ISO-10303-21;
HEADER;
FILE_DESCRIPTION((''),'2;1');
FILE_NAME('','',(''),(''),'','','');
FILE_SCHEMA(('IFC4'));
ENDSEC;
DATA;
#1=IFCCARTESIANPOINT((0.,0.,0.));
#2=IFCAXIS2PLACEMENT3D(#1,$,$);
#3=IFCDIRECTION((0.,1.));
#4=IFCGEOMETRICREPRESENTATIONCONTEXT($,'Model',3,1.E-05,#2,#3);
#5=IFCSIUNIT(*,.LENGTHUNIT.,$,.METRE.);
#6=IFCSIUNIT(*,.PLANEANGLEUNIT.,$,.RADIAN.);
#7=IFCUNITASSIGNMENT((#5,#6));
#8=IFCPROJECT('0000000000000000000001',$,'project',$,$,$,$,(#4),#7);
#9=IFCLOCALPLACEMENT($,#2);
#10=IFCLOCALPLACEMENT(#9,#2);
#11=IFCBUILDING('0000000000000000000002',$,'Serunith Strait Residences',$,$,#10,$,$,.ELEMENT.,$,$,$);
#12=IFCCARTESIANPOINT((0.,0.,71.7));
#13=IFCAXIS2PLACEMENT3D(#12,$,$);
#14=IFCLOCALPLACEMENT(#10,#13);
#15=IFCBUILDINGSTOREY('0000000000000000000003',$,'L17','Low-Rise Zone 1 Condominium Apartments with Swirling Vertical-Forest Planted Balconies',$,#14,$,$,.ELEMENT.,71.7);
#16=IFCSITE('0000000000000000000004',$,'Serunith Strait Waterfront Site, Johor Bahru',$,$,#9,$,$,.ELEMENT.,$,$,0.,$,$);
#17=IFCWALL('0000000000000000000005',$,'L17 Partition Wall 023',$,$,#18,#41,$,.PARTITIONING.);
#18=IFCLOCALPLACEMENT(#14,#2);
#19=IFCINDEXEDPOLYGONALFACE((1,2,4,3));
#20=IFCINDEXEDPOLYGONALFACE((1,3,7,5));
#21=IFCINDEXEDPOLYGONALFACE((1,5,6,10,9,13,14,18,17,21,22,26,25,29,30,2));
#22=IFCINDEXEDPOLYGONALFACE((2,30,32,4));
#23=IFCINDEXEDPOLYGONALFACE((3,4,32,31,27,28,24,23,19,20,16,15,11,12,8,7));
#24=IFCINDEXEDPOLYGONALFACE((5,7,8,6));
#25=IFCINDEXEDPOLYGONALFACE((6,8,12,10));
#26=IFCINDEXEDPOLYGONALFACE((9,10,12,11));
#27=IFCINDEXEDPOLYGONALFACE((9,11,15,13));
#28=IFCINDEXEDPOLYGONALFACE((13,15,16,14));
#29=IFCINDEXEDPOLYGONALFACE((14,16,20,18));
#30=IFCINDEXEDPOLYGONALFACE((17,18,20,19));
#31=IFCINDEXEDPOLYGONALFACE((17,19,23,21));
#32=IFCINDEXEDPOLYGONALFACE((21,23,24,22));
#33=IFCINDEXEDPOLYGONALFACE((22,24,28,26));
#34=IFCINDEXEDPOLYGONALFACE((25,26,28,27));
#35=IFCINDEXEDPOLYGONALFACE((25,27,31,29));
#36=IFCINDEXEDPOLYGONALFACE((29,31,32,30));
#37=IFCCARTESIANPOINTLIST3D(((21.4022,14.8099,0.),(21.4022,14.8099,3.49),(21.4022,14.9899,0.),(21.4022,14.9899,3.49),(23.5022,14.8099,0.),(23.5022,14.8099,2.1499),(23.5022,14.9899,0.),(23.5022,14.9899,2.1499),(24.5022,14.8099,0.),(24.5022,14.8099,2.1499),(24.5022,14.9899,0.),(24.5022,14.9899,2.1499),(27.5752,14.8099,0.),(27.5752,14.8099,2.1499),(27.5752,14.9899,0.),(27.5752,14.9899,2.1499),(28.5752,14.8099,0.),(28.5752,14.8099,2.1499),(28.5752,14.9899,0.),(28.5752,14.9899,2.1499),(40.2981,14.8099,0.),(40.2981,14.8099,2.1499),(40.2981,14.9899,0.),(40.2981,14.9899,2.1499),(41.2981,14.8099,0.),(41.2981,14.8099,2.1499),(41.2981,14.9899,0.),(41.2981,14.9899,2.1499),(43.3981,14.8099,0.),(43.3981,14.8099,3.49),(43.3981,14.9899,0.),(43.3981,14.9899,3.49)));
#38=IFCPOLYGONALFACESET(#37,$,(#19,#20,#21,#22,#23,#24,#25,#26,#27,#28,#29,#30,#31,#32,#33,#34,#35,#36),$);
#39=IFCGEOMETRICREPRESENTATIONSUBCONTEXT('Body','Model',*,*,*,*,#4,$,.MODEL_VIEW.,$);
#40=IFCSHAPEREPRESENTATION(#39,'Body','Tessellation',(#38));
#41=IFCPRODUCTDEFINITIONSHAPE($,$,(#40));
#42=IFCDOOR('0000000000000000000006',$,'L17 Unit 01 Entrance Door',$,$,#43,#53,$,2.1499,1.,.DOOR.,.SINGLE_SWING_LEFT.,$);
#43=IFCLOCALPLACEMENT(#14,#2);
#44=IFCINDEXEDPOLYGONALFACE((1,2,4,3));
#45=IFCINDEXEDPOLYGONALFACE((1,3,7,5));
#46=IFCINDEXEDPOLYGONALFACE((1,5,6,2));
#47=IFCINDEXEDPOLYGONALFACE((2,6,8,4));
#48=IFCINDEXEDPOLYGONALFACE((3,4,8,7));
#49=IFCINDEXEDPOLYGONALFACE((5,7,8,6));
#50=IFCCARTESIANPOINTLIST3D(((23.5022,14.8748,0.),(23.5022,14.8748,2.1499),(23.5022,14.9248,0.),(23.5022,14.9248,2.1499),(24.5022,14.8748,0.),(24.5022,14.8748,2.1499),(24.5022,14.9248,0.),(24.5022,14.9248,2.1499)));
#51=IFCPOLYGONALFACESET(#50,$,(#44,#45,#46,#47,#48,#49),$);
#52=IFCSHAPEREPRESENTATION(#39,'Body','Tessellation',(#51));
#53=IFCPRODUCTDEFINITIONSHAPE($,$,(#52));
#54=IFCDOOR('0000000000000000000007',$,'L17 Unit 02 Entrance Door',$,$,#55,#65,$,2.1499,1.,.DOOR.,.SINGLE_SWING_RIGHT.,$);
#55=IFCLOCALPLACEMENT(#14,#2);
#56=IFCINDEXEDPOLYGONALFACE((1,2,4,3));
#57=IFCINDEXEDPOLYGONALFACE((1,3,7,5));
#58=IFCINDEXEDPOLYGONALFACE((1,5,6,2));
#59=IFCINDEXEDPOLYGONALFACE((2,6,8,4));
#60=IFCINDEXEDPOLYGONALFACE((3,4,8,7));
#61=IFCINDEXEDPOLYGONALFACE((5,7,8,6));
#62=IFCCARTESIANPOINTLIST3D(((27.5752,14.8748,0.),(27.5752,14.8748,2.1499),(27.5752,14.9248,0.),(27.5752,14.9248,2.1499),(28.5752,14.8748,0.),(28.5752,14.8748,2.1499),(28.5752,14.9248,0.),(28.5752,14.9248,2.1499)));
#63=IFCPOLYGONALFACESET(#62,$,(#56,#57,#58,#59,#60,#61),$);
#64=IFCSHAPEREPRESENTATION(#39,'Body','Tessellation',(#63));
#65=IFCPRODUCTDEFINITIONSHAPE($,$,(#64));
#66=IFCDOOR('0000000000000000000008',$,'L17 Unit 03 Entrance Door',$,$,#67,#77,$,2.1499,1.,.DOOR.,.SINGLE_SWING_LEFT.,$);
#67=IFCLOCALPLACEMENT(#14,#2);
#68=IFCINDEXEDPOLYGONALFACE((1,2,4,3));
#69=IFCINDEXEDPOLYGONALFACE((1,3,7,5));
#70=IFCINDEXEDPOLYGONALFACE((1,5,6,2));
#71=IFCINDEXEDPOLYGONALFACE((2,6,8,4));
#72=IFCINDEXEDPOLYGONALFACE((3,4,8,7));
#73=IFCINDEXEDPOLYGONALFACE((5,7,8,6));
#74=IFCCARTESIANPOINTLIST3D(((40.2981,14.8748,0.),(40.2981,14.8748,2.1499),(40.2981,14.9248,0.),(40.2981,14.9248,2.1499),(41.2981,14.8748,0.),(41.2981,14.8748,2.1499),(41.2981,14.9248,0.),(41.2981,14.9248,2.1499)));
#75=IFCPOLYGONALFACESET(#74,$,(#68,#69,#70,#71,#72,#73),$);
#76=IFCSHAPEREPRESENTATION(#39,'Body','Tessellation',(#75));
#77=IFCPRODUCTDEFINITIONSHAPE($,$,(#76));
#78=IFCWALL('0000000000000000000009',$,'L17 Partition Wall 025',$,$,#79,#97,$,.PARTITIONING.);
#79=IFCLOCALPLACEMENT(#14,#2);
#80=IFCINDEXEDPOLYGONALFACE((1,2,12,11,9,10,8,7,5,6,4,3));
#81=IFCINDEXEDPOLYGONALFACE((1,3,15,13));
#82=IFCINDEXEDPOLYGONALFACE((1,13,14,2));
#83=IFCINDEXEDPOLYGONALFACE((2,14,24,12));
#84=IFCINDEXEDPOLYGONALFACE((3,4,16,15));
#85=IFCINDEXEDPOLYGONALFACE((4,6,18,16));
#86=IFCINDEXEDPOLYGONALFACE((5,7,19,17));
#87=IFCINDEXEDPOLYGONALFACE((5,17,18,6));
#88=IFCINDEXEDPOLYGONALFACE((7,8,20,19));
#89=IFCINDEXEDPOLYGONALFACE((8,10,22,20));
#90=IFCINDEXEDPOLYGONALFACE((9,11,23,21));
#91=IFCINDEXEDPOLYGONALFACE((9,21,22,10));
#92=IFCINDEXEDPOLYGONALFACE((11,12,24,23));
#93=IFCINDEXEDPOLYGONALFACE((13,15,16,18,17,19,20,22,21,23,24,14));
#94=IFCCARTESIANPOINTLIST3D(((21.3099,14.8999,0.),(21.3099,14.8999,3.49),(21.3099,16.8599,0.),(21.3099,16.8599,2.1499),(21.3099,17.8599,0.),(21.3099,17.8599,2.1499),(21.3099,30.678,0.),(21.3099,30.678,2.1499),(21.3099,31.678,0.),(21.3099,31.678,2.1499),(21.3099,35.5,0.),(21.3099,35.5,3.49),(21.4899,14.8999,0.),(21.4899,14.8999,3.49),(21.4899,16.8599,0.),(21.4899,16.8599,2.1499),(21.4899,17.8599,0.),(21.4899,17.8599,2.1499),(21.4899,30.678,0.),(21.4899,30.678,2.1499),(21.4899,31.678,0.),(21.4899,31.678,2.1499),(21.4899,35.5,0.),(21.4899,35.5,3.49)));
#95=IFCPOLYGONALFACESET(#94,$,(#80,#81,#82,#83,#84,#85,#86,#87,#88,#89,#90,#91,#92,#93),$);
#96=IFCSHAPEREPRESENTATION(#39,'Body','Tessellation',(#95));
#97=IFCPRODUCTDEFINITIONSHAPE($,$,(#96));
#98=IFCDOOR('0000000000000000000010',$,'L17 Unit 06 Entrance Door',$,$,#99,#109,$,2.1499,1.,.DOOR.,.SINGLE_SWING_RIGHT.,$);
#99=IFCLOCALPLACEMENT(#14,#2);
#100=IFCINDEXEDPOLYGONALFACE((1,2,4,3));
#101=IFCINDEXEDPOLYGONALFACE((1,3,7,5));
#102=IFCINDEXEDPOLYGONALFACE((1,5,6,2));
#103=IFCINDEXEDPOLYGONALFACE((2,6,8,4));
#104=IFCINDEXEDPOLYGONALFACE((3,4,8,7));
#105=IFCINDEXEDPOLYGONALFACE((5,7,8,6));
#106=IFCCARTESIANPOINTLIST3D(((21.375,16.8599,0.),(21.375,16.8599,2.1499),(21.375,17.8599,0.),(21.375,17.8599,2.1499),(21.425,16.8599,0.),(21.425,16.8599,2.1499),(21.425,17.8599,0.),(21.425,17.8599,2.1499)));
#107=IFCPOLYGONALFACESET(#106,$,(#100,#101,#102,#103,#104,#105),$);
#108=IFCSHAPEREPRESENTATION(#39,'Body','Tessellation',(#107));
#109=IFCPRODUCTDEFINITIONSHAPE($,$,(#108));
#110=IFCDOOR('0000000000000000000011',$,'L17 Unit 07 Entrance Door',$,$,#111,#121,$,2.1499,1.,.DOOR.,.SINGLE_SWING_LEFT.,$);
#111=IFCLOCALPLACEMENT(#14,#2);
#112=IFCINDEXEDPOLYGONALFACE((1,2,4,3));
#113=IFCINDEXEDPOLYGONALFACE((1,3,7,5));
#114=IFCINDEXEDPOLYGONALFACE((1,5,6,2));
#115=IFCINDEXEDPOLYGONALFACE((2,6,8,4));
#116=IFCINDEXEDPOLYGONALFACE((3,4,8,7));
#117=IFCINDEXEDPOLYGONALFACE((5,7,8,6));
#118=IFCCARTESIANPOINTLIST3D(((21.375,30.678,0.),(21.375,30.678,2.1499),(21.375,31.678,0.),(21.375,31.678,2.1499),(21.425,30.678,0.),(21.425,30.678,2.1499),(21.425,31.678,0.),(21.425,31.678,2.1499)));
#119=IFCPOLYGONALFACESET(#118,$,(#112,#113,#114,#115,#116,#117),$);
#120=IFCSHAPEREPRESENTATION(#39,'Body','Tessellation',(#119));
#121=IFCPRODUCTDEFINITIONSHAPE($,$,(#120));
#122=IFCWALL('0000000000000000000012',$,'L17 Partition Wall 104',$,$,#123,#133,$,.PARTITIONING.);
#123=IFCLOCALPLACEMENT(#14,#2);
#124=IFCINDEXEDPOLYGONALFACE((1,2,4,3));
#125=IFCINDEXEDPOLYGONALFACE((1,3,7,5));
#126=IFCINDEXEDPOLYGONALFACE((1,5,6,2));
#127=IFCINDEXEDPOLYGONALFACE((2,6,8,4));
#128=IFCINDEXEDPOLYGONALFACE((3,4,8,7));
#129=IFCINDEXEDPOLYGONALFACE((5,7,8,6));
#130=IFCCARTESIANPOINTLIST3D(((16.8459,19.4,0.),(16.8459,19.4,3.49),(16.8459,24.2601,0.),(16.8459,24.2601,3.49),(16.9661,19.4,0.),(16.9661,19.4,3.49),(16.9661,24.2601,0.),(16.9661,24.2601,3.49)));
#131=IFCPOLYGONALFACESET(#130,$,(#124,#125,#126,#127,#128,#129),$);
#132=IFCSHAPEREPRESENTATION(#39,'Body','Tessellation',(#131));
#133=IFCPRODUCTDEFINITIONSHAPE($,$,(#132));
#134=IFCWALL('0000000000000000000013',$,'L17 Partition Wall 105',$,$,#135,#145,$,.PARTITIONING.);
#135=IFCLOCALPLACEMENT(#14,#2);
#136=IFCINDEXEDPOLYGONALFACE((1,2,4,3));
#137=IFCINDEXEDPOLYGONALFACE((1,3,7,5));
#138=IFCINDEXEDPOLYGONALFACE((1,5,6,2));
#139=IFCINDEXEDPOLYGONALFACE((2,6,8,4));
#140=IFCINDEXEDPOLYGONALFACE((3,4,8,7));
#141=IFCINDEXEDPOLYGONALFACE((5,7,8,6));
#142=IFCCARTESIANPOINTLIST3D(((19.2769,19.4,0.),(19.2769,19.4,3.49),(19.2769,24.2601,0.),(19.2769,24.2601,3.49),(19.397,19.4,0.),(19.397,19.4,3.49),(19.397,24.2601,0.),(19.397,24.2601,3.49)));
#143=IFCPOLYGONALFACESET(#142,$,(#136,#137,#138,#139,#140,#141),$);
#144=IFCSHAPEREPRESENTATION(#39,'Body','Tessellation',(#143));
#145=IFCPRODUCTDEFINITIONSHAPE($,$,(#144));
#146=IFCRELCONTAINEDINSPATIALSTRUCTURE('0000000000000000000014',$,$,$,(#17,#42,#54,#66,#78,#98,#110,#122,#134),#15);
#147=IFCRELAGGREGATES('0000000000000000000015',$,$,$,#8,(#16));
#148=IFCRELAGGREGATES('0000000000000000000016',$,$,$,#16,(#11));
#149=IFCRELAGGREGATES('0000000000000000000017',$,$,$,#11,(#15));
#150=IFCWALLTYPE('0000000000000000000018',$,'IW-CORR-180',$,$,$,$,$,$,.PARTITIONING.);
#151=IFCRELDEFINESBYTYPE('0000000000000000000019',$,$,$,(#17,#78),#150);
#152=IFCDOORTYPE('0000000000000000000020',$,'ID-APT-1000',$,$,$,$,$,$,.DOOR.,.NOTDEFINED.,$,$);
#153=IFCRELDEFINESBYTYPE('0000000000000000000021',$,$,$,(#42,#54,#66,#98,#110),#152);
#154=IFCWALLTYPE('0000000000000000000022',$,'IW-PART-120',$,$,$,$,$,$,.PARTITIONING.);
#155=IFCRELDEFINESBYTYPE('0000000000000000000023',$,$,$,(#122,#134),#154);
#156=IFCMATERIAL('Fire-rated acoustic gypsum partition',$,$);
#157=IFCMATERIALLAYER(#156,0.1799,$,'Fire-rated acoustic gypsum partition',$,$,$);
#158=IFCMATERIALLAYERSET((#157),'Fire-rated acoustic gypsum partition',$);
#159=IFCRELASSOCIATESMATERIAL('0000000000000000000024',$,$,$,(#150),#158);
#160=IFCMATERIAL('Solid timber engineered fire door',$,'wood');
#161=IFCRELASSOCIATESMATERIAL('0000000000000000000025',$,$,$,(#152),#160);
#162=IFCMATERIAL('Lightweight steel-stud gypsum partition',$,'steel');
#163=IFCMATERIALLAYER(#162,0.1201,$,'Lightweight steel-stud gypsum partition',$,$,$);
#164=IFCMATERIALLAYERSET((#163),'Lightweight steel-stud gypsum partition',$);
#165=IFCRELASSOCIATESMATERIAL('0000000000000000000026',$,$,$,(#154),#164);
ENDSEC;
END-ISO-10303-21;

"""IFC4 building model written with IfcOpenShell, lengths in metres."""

from ifc_helpers import new_model, si_unit, direction, frame, frame_2d, origin, place, context, subcontext, project, spatial, rectangle, extrude, source, transform, mapped, material, layer, layer_set, type_object, element, fill, save


model = new_model("IFC4")

# Units and contexts
model_context = context("Model", 3, precision=1e-05, world=origin(), true_north=direction((0.0, 1.0)))
body_context = subcontext(model_context, "Body", "Model", "MODEL_VIEW")
ifc_project = project(units=[si_unit("LENGTHUNIT", "METRE"), si_unit("PLANEANGLEUNIT", "RADIAN")], contexts=[model_context])

# Site, building, storey
site_placement = place(None, origin())
site = spatial("IfcSite", under=ifc_project, at=site_placement, Name="Serunith Strait Waterfront Site, Johor Bahru", CompositionType="ELEMENT", RefElevation=0.0)
building_placement = place(site_placement, origin())
building = spatial("IfcBuilding", under=site, at=building_placement, Name="Serunith Strait Residences", CompositionType="ELEMENT")
storey_placement = place(building_placement, frame((0.0, 0.0, 71.7)))
storey = spatial("IfcBuildingStorey", under=building, at=storey_placement, Name="L17", Description="Low-Rise Zone 1 Condominium Apartments with Swirling Vertical-Forest Planted Balconies", CompositionType="ELEMENT", Elevation=71.7)

# Walls, openings, doors
ifc_material_1 = material(Name="Fire-rated acoustic gypsum partition")
ifc_layer_1 = layer(ifc_material_1, 0.1799, Name="Fire-rated acoustic gypsum partition")
ifc_layer_set_1 = layer_set([ifc_layer_1], Name="Fire-rated acoustic gypsum partition")
wall_type_1 = type_object("IfcWallType", Name="IW-CORR-180", PredefinedType="PARTITIONING", material=ifc_layer_set_1)
wall_1_placement = place(storey_placement, frame((21.4021, 14.8999, 0.0), z_axis=(0.0, 0.0, 1.0), x_axis=(1.0, 0.0, 0.0)))
wall_1 = element("IfcWall", 1, at=wall_1_placement, inside=storey, type_object=wall_type_1, Name="L17 Partition Wall 023", PredefinedType="PARTITIONING", context=body_context, shape_type="SweptSolid", body=[
    extrude(rectangle(XDim=21.9958, YDim=0.1799, at=frame_2d((10.998, 0.0))), origin(), (0.0, 0.0, 1.0), 3.49),
])
opening_1_placement = place(wall_1_placement, frame((2.1001, 0.0, 0.0)))
opening_1 = element("IfcOpeningElement", 2, at=opening_1_placement, cuts=wall_1, PredefinedType="OPENING", context=body_context, shape_type="SweptSolid", body=[
    extrude(rectangle(XDim=1.0, YDim=2.1499, at=frame_2d((0.5, 1.075))), frame((0.0, 0.1001, 0.0), z_axis=(0.0, -1.0, 0.0), x_axis=(1.0, 0.0, 0.0)), (0.0, 0.0, 1.0), 0.2),
])
opening_2_placement = place(wall_1_placement, frame((6.1731, 0.0, 0.0)))
opening_2 = element("IfcOpeningElement", 3, at=opening_2_placement, cuts=wall_1, PredefinedType="OPENING", context=body_context, shape_type="SweptSolid", body=[
    extrude(rectangle(XDim=1.0, YDim=2.1499, at=frame_2d((0.5, 1.075))), frame((0.0, 0.1001, 0.0), z_axis=(0.0, -1.0, 0.0), x_axis=(1.0, 0.0, 0.0)), (0.0, 0.0, 1.0), 0.2),
])
opening_3_placement = place(wall_1_placement, frame((18.896, 0.0, 0.0)))
opening_3 = element("IfcOpeningElement", 4, at=opening_3_placement, cuts=wall_1, PredefinedType="OPENING", context=body_context, shape_type="SweptSolid", body=[
    extrude(rectangle(XDim=1.0, YDim=2.1499, at=frame_2d((0.5, 1.075))), frame((0.0, 0.1001, 0.0), z_axis=(0.0, -1.0, 0.0), x_axis=(1.0, 0.0, 0.0)), (0.0, 0.0, 1.0), 0.2),
])
ifc_material_2 = material(Name="Solid timber engineered fire door", Category="wood")
door_type_1 = type_object("IfcDoorType", Name="ID-APT-1000", OperationType="NOTDEFINED", PredefinedType="DOOR", material=ifc_material_2)
shared_shape_1 = source(origin(), body_context, "Body", "SweptSolid", [
    extrude(rectangle(XDim=1.0, YDim=2.1499, at=frame_2d((0.5, 1.075))), frame((0.0, 0.0249, 0.0), z_axis=(0.0, -1.0, 0.0), x_axis=(1.0, 0.0, 0.0)), (0.0, 0.0, 1.0), 0.05),
])
door_1_placement = place(opening_1_placement, origin())
door_1 = element("IfcDoor", 5, at=door_1_placement, inside=storey, type_object=door_type_1, Name="L17 Unit 01 Entrance Door", OperationType="SINGLE_SWING_LEFT", OverallHeight=2.1499, OverallWidth=1.0, PredefinedType="DOOR", context=body_context, shape_type="MappedRepresentation", body=[
    mapped(shared_shape_1, transform((0.0, 0.0, 0.0), scale=1.0)),
])
fill(opening_1, door_1)
door_2_placement = place(opening_2_placement, origin())
door_2 = element("IfcDoor", 6, at=door_2_placement, inside=storey, type_object=door_type_1, Name="L17 Unit 02 Entrance Door", OperationType="SINGLE_SWING_RIGHT", OverallHeight=2.1499, OverallWidth=1.0, PredefinedType="DOOR", context=body_context, shape_type="MappedRepresentation", body=[
    mapped(shared_shape_1, transform((0.0, 0.0, 0.0), scale=1.0)),
])
fill(opening_2, door_2)
door_3_placement = place(opening_3_placement, origin())
door_3 = element("IfcDoor", 7, at=door_3_placement, inside=storey, type_object=door_type_1, Name="L17 Unit 03 Entrance Door", OperationType="SINGLE_SWING_LEFT", OverallHeight=2.1499, OverallWidth=1.0, PredefinedType="DOOR", context=body_context, shape_type="MappedRepresentation", body=[
    mapped(shared_shape_1, transform((0.0, 0.0, 0.0), scale=1.0)),
])
fill(opening_3, door_3)
wall_2_placement = place(storey_placement, frame((21.3999, 14.8999, 0.0), z_axis=(0.0, 0.0, 1.0), x_axis=(0.0, 1.0, 0.0)))
wall_2 = element("IfcWall", 8, at=wall_2_placement, inside=storey, type_object=wall_type_1, Name="L17 Partition Wall 025", PredefinedType="PARTITIONING", context=body_context, shape_type="SweptSolid", body=[
    extrude(rectangle(XDim=20.6001, YDim=0.1799, at=frame_2d((10.3, 0.0))), origin(), (0.0, 0.0, 1.0), 3.49),
])
opening_4_placement = place(wall_2_placement, frame((1.96, 0.0, 0.0)))
opening_4 = element("IfcOpeningElement", 9, at=opening_4_placement, cuts=wall_2, PredefinedType="OPENING", context=body_context, shape_type="SweptSolid", body=[
    extrude(rectangle(XDim=1.0, YDim=2.1499, at=frame_2d((0.5, 1.075))), frame((0.0, 0.1001, 0.0), z_axis=(0.0, -1.0, 0.0), x_axis=(1.0, 0.0, 0.0)), (0.0, 0.0, 1.0), 0.2),
])
opening_5_placement = place(wall_2_placement, frame((15.7781, 0.0, 0.0)))
opening_5 = element("IfcOpeningElement", 10, at=opening_5_placement, cuts=wall_2, PredefinedType="OPENING", context=body_context, shape_type="SweptSolid", body=[
    extrude(rectangle(XDim=1.0, YDim=2.1499, at=frame_2d((0.5, 1.075))), frame((0.0, 0.1001, 0.0), z_axis=(0.0, -1.0, 0.0), x_axis=(1.0, 0.0, 0.0)), (0.0, 0.0, 1.0), 0.2),
])
door_4_placement = place(opening_4_placement, origin())
door_4 = element("IfcDoor", 11, at=door_4_placement, inside=storey, type_object=door_type_1, Name="L17 Unit 06 Entrance Door", OperationType="SINGLE_SWING_RIGHT", OverallHeight=2.1499, OverallWidth=1.0, PredefinedType="DOOR", context=body_context, shape_type="MappedRepresentation", body=[
    mapped(shared_shape_1, transform((0.0, 0.0, 0.0), scale=1.0)),
])
fill(opening_4, door_4)
door_5_placement = place(opening_5_placement, origin())
door_5 = element("IfcDoor", 12, at=door_5_placement, inside=storey, type_object=door_type_1, Name="L17 Unit 07 Entrance Door", OperationType="SINGLE_SWING_LEFT", OverallHeight=2.1499, OverallWidth=1.0, PredefinedType="DOOR", context=body_context, shape_type="MappedRepresentation", body=[
    mapped(shared_shape_1, transform((0.0, 0.0, 0.0), scale=1.0)),
])
fill(opening_5, door_5)

# Walls
ifc_material_3 = material(Name="Lightweight steel-stud gypsum partition", Category="steel")
ifc_layer_2 = layer(ifc_material_3, 0.1201, Name="Lightweight steel-stud gypsum partition")
ifc_layer_set_2 = layer_set([ifc_layer_2], Name="Lightweight steel-stud gypsum partition")
wall_type_2 = type_object("IfcWallType", Name="IW-PART-120", PredefinedType="PARTITIONING", material=ifc_layer_set_2)
for number, where, z_axis, x_axis, name in (
    (13, (16.906, 19.3999, 0.0), (0.0, 0.0, 1.0), (0.0, 1.0, 0.0), "L17 Partition Wall 104"),
    (14, (19.3369, 19.3999, 0.0), (0.0, 0.0, 1.0), (0.0, 1.0, 0.0), "L17 Partition Wall 105"),
):
    element("IfcWall", number, at=place(storey_placement, frame(where, z_axis=z_axis, x_axis=x_axis)), inside=storey, type_object=wall_type_2, Name=name, PredefinedType="PARTITIONING", context=body_context, shape_type="SweptSolid", body=[
        extrude(rectangle(XDim=4.8601, YDim=0.1201, at=frame_2d((2.4302, 0.0))), origin(), (0.0, 0.0, 1.0), 3.49),
    ])

save(model, "model.ifc")
